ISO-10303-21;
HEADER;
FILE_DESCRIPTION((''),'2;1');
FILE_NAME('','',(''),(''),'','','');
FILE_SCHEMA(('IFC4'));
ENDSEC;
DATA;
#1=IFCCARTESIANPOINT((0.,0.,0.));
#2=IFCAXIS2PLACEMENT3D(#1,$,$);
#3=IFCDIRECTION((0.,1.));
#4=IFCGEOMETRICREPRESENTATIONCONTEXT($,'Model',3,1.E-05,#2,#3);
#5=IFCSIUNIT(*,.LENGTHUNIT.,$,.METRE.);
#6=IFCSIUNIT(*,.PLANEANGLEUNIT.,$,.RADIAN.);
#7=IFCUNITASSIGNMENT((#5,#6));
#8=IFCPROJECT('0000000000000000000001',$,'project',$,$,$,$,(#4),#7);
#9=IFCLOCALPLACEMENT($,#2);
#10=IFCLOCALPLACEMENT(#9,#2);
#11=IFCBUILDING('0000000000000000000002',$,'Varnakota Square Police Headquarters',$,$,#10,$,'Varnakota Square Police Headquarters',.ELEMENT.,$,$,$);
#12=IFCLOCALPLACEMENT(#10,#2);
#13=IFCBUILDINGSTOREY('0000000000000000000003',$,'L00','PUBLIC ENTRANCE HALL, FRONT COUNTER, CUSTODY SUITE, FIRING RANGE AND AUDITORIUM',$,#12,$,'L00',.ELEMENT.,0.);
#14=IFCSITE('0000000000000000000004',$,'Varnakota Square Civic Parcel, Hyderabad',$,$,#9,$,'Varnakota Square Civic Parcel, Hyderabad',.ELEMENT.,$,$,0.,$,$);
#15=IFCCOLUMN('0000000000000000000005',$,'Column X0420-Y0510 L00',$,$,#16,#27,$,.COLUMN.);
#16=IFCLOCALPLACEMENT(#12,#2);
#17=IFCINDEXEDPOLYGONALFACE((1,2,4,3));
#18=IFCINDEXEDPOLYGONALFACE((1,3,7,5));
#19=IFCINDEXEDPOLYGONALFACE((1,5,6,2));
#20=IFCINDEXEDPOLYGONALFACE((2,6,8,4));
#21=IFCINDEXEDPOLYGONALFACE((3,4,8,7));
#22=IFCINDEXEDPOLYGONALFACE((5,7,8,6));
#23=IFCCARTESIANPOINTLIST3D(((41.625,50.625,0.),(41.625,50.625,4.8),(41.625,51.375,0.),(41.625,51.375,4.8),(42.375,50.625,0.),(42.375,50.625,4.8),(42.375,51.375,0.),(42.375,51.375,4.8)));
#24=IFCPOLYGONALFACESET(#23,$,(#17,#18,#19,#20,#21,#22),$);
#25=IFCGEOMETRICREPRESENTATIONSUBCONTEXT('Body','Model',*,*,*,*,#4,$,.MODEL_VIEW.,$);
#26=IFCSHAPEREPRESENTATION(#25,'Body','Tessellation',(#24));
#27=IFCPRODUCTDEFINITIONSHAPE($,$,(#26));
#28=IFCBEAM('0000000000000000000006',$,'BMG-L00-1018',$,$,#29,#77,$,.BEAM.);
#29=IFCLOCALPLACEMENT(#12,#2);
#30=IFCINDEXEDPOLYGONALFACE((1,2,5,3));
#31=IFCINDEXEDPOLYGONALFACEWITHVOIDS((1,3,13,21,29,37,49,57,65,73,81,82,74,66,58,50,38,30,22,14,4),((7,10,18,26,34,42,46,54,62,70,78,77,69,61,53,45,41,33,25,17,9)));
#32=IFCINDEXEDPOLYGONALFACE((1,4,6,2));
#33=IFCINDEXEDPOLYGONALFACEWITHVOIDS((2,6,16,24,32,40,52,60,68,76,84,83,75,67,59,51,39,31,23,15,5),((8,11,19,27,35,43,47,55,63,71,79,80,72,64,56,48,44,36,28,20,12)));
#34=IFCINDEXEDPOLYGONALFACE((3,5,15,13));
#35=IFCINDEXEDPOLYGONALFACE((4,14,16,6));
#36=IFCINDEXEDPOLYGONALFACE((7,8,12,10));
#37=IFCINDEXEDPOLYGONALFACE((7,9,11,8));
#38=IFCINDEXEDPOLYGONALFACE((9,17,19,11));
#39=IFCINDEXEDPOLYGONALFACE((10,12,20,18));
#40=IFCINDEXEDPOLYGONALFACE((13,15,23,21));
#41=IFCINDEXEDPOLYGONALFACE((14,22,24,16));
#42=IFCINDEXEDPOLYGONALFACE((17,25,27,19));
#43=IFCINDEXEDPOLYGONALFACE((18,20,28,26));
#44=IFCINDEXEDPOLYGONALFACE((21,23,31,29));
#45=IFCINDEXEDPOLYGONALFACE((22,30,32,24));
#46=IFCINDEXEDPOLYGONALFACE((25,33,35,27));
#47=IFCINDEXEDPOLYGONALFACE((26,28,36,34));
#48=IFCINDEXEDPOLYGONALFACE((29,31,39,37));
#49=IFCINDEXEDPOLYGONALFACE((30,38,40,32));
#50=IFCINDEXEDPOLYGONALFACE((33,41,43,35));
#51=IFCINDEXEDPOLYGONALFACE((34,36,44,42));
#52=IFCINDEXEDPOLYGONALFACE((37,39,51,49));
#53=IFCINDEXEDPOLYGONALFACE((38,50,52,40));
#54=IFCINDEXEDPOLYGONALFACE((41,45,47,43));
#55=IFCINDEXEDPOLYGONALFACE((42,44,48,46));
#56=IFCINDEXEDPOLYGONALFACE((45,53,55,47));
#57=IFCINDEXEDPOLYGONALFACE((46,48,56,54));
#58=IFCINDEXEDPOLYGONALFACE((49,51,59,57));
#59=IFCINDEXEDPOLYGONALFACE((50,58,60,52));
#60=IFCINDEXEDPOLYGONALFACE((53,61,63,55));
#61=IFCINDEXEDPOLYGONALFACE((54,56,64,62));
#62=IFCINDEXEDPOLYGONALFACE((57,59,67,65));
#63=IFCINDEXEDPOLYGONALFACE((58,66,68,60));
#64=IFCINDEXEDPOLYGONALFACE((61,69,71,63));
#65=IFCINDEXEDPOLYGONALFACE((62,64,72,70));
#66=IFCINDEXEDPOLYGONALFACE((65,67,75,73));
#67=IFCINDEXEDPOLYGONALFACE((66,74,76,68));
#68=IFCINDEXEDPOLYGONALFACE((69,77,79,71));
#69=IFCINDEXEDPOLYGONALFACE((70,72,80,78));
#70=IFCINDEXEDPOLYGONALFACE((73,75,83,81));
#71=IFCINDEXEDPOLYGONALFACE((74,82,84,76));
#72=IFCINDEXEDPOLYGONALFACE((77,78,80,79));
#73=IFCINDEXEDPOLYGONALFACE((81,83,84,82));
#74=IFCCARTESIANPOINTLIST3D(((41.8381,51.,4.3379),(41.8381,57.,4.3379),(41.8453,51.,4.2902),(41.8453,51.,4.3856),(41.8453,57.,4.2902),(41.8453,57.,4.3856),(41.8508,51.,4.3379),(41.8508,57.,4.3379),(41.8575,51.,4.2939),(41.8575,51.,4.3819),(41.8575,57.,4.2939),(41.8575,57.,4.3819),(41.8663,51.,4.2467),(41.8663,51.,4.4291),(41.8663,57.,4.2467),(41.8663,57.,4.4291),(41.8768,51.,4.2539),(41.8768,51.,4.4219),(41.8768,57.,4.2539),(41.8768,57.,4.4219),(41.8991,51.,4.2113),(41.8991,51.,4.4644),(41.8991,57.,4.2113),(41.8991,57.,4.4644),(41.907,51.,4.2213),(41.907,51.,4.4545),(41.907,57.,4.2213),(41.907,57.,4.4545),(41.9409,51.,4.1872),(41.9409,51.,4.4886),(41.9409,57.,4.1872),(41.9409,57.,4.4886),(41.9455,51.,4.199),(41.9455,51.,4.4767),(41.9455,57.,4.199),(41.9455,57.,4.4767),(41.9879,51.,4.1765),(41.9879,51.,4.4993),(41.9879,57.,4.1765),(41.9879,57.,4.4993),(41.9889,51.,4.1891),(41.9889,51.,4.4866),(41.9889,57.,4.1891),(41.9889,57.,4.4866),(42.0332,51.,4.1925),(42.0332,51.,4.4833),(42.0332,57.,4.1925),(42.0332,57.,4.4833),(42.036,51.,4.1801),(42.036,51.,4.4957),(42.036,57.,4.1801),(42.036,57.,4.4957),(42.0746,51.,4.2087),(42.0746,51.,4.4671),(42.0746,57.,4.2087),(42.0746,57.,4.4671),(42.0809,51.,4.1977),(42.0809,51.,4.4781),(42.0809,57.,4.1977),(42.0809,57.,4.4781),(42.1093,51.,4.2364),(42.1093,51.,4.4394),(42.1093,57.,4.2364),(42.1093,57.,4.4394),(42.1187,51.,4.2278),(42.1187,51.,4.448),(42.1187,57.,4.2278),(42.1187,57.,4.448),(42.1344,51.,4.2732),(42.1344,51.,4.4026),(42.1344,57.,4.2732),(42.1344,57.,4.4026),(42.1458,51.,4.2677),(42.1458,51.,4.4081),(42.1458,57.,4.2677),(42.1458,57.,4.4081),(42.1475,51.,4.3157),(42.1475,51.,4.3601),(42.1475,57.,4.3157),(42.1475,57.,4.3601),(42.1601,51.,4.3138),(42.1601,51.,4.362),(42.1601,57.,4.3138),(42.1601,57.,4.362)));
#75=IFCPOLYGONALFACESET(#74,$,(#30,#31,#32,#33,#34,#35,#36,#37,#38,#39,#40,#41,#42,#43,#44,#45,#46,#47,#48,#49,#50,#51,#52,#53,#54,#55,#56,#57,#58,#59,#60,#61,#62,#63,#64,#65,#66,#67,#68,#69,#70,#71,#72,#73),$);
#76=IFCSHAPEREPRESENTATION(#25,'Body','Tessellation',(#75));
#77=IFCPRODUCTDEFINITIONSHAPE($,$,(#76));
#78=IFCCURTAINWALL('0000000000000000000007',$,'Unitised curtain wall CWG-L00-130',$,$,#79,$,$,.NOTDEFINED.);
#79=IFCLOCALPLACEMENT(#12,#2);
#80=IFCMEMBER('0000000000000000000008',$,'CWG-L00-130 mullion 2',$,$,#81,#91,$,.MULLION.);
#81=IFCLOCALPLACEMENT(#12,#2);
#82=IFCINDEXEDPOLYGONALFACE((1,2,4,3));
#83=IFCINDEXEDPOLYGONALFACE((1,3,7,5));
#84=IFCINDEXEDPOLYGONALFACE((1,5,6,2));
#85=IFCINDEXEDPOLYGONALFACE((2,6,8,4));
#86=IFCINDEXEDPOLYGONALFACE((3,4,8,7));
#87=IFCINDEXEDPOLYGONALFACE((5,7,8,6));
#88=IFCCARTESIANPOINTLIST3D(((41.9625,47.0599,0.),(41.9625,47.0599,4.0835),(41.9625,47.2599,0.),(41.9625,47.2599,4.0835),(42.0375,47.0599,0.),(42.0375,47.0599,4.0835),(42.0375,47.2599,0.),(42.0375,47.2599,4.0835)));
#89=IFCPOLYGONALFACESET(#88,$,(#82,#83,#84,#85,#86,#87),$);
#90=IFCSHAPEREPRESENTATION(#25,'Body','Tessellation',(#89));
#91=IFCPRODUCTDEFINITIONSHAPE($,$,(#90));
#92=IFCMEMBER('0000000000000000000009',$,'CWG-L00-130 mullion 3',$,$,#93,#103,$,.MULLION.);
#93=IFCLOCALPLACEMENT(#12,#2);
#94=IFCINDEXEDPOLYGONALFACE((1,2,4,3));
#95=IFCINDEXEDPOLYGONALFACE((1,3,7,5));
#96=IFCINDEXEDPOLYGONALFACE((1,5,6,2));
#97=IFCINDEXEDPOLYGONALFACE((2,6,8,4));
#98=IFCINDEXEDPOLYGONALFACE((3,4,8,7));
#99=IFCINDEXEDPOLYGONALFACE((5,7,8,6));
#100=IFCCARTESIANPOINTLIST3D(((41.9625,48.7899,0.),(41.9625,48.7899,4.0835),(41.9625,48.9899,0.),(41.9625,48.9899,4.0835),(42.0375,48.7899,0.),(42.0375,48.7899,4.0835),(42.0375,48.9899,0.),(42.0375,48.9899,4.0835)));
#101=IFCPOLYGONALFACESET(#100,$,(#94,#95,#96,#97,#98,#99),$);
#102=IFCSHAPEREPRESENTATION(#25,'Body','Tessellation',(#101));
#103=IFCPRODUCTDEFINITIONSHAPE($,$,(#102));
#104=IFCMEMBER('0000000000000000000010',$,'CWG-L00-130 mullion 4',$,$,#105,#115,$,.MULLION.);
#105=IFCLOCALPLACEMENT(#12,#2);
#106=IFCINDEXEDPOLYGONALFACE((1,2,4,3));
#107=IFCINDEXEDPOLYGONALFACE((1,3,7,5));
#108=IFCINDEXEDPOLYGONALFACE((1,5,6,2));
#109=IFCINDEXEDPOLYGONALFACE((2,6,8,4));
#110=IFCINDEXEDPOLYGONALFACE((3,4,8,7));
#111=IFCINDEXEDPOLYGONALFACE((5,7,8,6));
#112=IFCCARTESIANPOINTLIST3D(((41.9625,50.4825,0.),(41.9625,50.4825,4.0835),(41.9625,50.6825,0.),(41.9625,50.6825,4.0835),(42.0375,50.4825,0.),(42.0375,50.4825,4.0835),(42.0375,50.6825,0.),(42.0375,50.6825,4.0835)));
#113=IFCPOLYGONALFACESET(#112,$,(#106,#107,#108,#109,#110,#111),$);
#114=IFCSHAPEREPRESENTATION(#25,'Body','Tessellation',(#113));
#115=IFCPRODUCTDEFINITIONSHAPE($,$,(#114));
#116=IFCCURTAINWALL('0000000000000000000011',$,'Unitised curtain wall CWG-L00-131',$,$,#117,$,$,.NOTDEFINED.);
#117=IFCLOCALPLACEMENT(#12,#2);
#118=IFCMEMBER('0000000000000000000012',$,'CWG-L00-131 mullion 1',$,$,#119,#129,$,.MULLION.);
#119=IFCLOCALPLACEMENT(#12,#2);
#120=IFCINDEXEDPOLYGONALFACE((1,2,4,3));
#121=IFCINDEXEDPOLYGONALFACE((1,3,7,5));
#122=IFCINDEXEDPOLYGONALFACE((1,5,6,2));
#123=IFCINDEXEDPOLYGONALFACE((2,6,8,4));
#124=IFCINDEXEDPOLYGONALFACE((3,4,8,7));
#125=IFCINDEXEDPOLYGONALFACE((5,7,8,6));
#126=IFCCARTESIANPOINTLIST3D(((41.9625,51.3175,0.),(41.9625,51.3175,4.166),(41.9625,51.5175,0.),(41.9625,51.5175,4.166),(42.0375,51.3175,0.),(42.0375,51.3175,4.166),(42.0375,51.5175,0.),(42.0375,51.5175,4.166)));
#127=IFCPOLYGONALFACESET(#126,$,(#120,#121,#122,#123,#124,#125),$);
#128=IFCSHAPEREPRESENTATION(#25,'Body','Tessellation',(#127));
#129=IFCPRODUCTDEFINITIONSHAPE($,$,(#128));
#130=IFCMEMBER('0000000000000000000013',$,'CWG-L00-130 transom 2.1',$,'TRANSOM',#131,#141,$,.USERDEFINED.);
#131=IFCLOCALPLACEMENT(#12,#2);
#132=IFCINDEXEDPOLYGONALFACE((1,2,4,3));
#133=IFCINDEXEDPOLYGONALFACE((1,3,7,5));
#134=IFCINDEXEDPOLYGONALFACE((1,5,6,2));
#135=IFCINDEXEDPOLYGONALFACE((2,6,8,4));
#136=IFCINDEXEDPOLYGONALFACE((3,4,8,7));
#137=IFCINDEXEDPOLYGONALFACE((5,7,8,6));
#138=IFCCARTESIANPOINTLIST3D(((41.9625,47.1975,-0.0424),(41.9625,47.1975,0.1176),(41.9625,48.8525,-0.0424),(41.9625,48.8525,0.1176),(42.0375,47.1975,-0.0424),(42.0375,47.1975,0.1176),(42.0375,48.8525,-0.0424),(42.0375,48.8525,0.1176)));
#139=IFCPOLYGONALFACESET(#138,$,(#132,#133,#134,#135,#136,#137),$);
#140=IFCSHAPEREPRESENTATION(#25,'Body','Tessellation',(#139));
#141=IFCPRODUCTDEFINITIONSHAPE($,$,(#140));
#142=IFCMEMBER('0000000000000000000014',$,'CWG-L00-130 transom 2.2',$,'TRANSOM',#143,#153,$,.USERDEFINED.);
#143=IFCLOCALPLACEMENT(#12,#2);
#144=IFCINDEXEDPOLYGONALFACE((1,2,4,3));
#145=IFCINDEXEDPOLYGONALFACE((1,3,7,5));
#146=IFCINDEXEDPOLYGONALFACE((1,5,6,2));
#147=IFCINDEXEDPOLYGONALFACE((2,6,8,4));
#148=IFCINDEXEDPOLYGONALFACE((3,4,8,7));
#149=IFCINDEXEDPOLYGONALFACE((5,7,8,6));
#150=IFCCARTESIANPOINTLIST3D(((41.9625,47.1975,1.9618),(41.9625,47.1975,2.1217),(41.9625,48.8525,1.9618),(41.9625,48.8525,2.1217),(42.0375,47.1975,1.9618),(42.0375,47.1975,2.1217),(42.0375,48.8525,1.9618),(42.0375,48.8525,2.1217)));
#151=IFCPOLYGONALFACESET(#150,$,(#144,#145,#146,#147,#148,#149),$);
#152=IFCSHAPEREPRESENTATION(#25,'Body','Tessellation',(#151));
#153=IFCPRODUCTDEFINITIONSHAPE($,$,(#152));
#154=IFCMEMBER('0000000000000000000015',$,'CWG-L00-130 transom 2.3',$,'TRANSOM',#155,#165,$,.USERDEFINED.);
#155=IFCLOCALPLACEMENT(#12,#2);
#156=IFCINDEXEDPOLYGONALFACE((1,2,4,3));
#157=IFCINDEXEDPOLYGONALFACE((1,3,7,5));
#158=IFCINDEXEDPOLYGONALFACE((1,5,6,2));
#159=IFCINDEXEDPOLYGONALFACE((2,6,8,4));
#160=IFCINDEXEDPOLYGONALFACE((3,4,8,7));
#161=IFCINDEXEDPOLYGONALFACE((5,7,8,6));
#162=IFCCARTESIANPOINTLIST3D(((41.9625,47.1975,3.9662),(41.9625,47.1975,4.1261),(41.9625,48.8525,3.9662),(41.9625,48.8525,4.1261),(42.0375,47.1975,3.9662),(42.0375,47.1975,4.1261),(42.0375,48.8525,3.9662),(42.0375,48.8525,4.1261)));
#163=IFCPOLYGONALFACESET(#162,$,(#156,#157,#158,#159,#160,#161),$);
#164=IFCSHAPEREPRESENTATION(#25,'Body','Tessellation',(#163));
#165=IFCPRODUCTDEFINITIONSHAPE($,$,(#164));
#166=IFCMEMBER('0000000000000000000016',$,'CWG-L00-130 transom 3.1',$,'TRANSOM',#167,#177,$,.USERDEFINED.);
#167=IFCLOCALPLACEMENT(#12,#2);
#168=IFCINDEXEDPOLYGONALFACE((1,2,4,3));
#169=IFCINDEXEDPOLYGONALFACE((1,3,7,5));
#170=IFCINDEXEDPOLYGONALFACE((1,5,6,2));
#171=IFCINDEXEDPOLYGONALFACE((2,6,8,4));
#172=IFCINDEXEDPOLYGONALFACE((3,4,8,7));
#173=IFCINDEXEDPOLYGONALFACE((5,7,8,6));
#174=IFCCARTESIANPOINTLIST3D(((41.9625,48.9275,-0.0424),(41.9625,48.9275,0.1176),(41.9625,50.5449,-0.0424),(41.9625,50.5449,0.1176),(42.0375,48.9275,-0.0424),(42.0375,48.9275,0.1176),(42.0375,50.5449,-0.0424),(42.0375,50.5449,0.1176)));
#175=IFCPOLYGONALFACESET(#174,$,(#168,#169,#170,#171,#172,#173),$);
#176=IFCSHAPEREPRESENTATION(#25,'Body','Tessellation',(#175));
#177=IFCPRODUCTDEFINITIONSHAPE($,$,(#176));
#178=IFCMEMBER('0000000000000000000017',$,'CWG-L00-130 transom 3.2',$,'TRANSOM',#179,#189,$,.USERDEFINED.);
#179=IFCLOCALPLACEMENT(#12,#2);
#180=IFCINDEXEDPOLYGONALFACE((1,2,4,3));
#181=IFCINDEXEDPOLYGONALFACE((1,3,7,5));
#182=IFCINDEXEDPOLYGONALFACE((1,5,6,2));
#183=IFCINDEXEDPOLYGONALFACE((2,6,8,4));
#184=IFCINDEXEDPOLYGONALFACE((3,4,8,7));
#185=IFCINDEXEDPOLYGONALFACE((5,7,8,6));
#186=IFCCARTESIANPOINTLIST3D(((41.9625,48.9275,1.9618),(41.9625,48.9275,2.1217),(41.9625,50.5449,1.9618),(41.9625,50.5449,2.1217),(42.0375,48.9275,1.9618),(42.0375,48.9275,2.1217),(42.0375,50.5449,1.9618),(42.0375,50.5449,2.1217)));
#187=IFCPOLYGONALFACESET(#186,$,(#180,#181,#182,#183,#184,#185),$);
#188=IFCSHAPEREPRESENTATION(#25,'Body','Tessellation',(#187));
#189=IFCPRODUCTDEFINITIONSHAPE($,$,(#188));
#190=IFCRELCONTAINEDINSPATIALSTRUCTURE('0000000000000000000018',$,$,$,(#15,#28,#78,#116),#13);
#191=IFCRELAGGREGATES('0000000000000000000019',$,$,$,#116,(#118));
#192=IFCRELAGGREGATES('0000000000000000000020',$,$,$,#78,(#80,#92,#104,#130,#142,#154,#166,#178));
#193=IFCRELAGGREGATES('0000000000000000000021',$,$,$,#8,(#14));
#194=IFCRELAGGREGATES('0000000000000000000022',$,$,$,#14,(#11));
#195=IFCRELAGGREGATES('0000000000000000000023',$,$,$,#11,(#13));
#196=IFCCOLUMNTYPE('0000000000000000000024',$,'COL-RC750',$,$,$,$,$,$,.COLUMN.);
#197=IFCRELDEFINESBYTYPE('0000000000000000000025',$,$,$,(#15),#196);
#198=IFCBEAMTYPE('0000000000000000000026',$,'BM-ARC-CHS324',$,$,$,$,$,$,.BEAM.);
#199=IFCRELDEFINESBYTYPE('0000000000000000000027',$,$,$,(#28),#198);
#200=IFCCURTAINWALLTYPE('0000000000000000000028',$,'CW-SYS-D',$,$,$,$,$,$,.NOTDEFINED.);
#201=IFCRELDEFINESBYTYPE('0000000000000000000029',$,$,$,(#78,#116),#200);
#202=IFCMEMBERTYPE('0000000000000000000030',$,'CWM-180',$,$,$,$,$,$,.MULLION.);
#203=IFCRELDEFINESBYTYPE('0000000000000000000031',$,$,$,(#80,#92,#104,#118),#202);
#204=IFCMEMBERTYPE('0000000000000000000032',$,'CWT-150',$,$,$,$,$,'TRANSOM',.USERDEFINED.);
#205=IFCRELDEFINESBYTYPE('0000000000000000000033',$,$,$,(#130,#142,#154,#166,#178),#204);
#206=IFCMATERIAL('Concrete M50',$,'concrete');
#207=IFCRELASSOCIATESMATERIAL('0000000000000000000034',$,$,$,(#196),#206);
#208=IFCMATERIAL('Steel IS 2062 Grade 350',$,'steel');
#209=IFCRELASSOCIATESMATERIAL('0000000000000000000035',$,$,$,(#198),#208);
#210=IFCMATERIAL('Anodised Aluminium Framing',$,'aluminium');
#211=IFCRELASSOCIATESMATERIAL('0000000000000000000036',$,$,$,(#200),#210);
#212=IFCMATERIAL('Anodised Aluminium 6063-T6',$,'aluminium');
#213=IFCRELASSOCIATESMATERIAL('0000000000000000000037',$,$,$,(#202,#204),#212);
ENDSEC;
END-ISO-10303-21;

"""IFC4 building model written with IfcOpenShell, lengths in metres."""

from ifc_helpers import new_model, si_unit, direction, frame, origin, origin_2d, place, context, subcontext, project, spatial, rectangle, hollow_circle, extrude, material, material_profile, profile_set, type_object, element, aggregate, save


model = new_model("IFC4")

# Units and contexts
model_context = context("Model", 3, precision=1e-05, world=origin(), true_north=direction((0.0, 1.0)))
body_context = subcontext(model_context, "Body", "Model", "MODEL_VIEW")
ifc_project = project(units=[si_unit("LENGTHUNIT", "METRE"), si_unit("PLANEANGLEUNIT", "RADIAN")], contexts=[model_context])

# Site, building, storey
site_placement = place(None, origin())
site = spatial("IfcSite", under=ifc_project, at=site_placement, Name="Varnakota Square Civic Parcel, Hyderabad", LongName="Varnakota Square Civic Parcel, Hyderabad", CompositionType="ELEMENT", RefElevation=0.0)
building_placement = place(site_placement, origin())
building = spatial("IfcBuilding", under=site, at=building_placement, Name="Varnakota Square Police Headquarters", LongName="Varnakota Square Police Headquarters", CompositionType="ELEMENT")
storey_placement = place(building_placement, origin())
storey = spatial("IfcBuildingStorey", under=building, at=storey_placement, Name="L00", Description="PUBLIC ENTRANCE HALL, FRONT COUNTER, CUSTODY SUITE, FIRING RANGE AND AUDITORIUM", LongName="L00", CompositionType="ELEMENT", Elevation=0.0)

# Column
ifc_material_1 = material(Name="Concrete M50", Category="concrete")
ifc_material_profile_1 = material_profile(ifc_material_1, rectangle(XDim=0.75, YDim=0.75, at=origin_2d()), Name="RC 750x750")
ifc_profile_set_1 = profile_set([ifc_material_profile_1], Name="Concrete M50")
column_type = type_object("IfcColumnType", Name="COL-RC750", PredefinedType="COLUMN", material=ifc_profile_set_1)
column_placement = place(storey_placement, frame((42.0, 51.0, 0.0), z_axis=(0.0, 0.0, 1.0), x_axis=(1.0, 0.0, 0.0)))
element("IfcColumn", 1, at=column_placement, inside=storey, type_object=column_type, Name="Column X0420-Y0510 L00", PredefinedType="COLUMN", context=body_context, shape_type="SweptSolid", body=[
    extrude(rectangle(XDim=0.75, YDim=0.75, at=origin_2d()), origin(), (0.0, 0.0, 1.0), 4.8),
])

# Beam
ifc_material_2 = material(Name="Steel IS 2062 Grade 350", Category="steel")
ifc_material_profile_2 = material_profile(ifc_material_2, hollow_circle(Radius=0.1619, WallThickness=0.0127, at=origin_2d()), Name="CHS 323.9x12.7")
ifc_profile_set_2 = profile_set([ifc_material_profile_2], Name="Steel IS 2062 Grade 350")
beam_type = type_object("IfcBeamType", Name="BM-ARC-CHS324", PredefinedType="BEAM", material=ifc_profile_set_2)
beam_placement = place(storey_placement, frame((42.0, 51.0, 4.3379), z_axis=(0.0, 1.0, 0.0), x_axis=(-1.0, 0.0, 0.0)))
element("IfcBeam", 2, at=beam_placement, inside=storey, type_object=beam_type, Name="BMG-L00-1018", PredefinedType="BEAM", context=body_context, shape_type="SweptSolid", body=[
    extrude(hollow_circle(Radius=0.1619, WallThickness=0.0127, at=origin_2d()), origin(), (0.0, 0.0, 1.0), 6.0),
])

# Curtain wall, members
ifc_material_3 = material(Name="Anodised Aluminium Framing", Category="aluminium")
curtain_wall_type = type_object("IfcCurtainWallType", Name="CW-SYS-D", PredefinedType="NOTDEFINED", material=ifc_material_3)
curtain_wall_1_placement = place(storey_placement, origin())
curtain_wall_1 = element("IfcCurtainWall", 3, at=curtain_wall_1_placement, inside=storey, type_object=curtain_wall_type, Name="Unitised curtain wall CWG-L00-130", PredefinedType="NOTDEFINED")
ifc_material_4 = material(Name="Anodised Aluminium 6063-T6", Category="aluminium")
ifc_material_profile_3 = material_profile(ifc_material_4, rectangle(XDim=0.075, YDim=0.2, at=origin_2d()), Name="ALU MULLION 75x200")
ifc_profile_set_3 = profile_set([ifc_material_profile_3], Name="Anodised Aluminium 6063-T6")
member_type_1 = type_object("IfcMemberType", Name="CWM-180", PredefinedType="MULLION", material=ifc_profile_set_3)
member_1_placement = place(storey_placement, frame((42.0, 47.1599, 0.0), z_axis=(0.0, 0.0, 1.0), x_axis=(-1.0, 0.0, 0.0)))
member_1 = element("IfcMember", 4, at=member_1_placement, type_object=member_type_1, Name="CWG-L00-130 mullion 2", PredefinedType="MULLION", context=body_context, shape_type="SweptSolid", body=[
    extrude(rectangle(XDim=0.075, YDim=0.2, at=origin_2d()), origin(), (0.0, 0.0, 1.0), 4.0835),
])
member_2_placement = place(storey_placement, frame((42.0, 48.8899, 0.0), z_axis=(0.0, 0.0, 1.0), x_axis=(-1.0, 0.0, 0.0)))
member_2 = element("IfcMember", 5, at=member_2_placement, type_object=member_type_1, Name="CWG-L00-130 mullion 3", PredefinedType="MULLION", context=body_context, shape_type="SweptSolid", body=[
    extrude(rectangle(XDim=0.075, YDim=0.2, at=origin_2d()), origin(), (0.0, 0.0, 1.0), 4.0835),
])
member_3_placement = place(storey_placement, frame((42.0, 50.5825, 0.0), z_axis=(0.0, 0.0, 1.0), x_axis=(-1.0, 0.0, 0.0)))
member_3 = element("IfcMember", 6, at=member_3_placement, type_object=member_type_1, Name="CWG-L00-130 mullion 4", PredefinedType="MULLION", context=body_context, shape_type="SweptSolid", body=[
    extrude(rectangle(XDim=0.075, YDim=0.2, at=origin_2d()), origin(), (0.0, 0.0, 1.0), 4.0835),
])

# Curtain wall, member
curtain_wall_2_placement = place(storey_placement, origin())
curtain_wall_2 = element("IfcCurtainWall", 7, at=curtain_wall_2_placement, inside=storey, type_object=curtain_wall_type, Name="Unitised curtain wall CWG-L00-131", PredefinedType="NOTDEFINED")
member_4_placement = place(storey_placement, frame((42.0, 51.4175, 0.0), z_axis=(0.0, 0.0, 1.0), x_axis=(-1.0, 0.0, 0.0)))
member_4 = element("IfcMember", 8, at=member_4_placement, type_object=member_type_1, Name="CWG-L00-131 mullion 1", PredefinedType="MULLION", context=body_context, shape_type="SweptSolid", body=[
    extrude(rectangle(XDim=0.075, YDim=0.2, at=origin_2d()), origin(), (0.0, 0.0, 1.0), 4.166),
])

# Members
ifc_material_profile_4 = material_profile(ifc_material_4, rectangle(XDim=0.075, YDim=0.1599, at=origin_2d()), Name="ALU TRANSOM 75x160")
ifc_profile_set_4 = profile_set([ifc_material_profile_4], Name="Anodised Aluminium 6063-T6")
member_type_2 = type_object("IfcMemberType", Name="CWT-150", ElementType="TRANSOM", PredefinedType="USERDEFINED", material=ifc_profile_set_4)
member_5_placement = place(storey_placement, frame((42.0, 47.1975, 0.0376), z_axis=(0.0, 1.0, 0.0), x_axis=(-1.0, 0.0, 0.0)))
member_5 = element("IfcMember", 9, at=member_5_placement, type_object=member_type_2, Name="CWG-L00-130 transom 2.1", ObjectType="TRANSOM", PredefinedType="USERDEFINED", context=body_context, shape_type="SweptSolid", body=[
    extrude(rectangle(XDim=0.075, YDim=0.1599, at=origin_2d()), origin(), (0.0, 0.0, 1.0), 1.655),
])
member_6_placement = place(storey_placement, frame((42.0, 47.1975, 2.0417), z_axis=(0.0, 1.0, 0.0), x_axis=(-1.0, 0.0, 0.0)))
member_6 = element("IfcMember", 10, at=member_6_placement, type_object=member_type_2, Name="CWG-L00-130 transom 2.2", ObjectType="TRANSOM", PredefinedType="USERDEFINED", context=body_context, shape_type="SweptSolid", body=[
    extrude(rectangle(XDim=0.075, YDim=0.1599, at=origin_2d()), origin(), (0.0, 0.0, 1.0), 1.655),
])
member_7_placement = place(storey_placement, frame((42.0, 47.1975, 4.0461), z_axis=(0.0, 1.0, 0.0), x_axis=(-1.0, 0.0, 0.0)))
member_7 = element("IfcMember", 11, at=member_7_placement, type_object=member_type_2, Name="CWG-L00-130 transom 2.3", ObjectType="TRANSOM", PredefinedType="USERDEFINED", context=body_context, shape_type="SweptSolid", body=[
    extrude(rectangle(XDim=0.075, YDim=0.1599, at=origin_2d()), origin(), (0.0, 0.0, 1.0), 1.655),
])
member_8_placement = place(storey_placement, frame((42.0, 48.9275, 0.0376), z_axis=(0.0, 1.0, 0.0), x_axis=(-1.0, 0.0, 0.0)))
member_8 = element("IfcMember", 12, at=member_8_placement, type_object=member_type_2, Name="CWG-L00-130 transom 3.1", ObjectType="TRANSOM", PredefinedType="USERDEFINED", context=body_context, shape_type="SweptSolid", body=[
    extrude(rectangle(XDim=0.075, YDim=0.1599, at=origin_2d()), origin(), (0.0, 0.0, 1.0), 1.6174),
])
member_9_placement = place(storey_placement, frame((42.0, 48.9275, 2.0417), z_axis=(0.0, 1.0, 0.0), x_axis=(-1.0, 0.0, 0.0)))
member_9 = element("IfcMember", 13, at=member_9_placement, type_object=member_type_2, Name="CWG-L00-130 transom 3.2", ObjectType="TRANSOM", PredefinedType="USERDEFINED", context=body_context, shape_type="SweptSolid", body=[
    extrude(rectangle(XDim=0.075, YDim=0.1599, at=origin_2d()), origin(), (0.0, 0.0, 1.0), 1.6174),
])

aggregate(curtain_wall_2, [member_4])
aggregate(curtain_wall_1, [member_1, member_2, member_3, member_5, member_6, member_7, member_8, member_9])

save(model, "model.ifc")
